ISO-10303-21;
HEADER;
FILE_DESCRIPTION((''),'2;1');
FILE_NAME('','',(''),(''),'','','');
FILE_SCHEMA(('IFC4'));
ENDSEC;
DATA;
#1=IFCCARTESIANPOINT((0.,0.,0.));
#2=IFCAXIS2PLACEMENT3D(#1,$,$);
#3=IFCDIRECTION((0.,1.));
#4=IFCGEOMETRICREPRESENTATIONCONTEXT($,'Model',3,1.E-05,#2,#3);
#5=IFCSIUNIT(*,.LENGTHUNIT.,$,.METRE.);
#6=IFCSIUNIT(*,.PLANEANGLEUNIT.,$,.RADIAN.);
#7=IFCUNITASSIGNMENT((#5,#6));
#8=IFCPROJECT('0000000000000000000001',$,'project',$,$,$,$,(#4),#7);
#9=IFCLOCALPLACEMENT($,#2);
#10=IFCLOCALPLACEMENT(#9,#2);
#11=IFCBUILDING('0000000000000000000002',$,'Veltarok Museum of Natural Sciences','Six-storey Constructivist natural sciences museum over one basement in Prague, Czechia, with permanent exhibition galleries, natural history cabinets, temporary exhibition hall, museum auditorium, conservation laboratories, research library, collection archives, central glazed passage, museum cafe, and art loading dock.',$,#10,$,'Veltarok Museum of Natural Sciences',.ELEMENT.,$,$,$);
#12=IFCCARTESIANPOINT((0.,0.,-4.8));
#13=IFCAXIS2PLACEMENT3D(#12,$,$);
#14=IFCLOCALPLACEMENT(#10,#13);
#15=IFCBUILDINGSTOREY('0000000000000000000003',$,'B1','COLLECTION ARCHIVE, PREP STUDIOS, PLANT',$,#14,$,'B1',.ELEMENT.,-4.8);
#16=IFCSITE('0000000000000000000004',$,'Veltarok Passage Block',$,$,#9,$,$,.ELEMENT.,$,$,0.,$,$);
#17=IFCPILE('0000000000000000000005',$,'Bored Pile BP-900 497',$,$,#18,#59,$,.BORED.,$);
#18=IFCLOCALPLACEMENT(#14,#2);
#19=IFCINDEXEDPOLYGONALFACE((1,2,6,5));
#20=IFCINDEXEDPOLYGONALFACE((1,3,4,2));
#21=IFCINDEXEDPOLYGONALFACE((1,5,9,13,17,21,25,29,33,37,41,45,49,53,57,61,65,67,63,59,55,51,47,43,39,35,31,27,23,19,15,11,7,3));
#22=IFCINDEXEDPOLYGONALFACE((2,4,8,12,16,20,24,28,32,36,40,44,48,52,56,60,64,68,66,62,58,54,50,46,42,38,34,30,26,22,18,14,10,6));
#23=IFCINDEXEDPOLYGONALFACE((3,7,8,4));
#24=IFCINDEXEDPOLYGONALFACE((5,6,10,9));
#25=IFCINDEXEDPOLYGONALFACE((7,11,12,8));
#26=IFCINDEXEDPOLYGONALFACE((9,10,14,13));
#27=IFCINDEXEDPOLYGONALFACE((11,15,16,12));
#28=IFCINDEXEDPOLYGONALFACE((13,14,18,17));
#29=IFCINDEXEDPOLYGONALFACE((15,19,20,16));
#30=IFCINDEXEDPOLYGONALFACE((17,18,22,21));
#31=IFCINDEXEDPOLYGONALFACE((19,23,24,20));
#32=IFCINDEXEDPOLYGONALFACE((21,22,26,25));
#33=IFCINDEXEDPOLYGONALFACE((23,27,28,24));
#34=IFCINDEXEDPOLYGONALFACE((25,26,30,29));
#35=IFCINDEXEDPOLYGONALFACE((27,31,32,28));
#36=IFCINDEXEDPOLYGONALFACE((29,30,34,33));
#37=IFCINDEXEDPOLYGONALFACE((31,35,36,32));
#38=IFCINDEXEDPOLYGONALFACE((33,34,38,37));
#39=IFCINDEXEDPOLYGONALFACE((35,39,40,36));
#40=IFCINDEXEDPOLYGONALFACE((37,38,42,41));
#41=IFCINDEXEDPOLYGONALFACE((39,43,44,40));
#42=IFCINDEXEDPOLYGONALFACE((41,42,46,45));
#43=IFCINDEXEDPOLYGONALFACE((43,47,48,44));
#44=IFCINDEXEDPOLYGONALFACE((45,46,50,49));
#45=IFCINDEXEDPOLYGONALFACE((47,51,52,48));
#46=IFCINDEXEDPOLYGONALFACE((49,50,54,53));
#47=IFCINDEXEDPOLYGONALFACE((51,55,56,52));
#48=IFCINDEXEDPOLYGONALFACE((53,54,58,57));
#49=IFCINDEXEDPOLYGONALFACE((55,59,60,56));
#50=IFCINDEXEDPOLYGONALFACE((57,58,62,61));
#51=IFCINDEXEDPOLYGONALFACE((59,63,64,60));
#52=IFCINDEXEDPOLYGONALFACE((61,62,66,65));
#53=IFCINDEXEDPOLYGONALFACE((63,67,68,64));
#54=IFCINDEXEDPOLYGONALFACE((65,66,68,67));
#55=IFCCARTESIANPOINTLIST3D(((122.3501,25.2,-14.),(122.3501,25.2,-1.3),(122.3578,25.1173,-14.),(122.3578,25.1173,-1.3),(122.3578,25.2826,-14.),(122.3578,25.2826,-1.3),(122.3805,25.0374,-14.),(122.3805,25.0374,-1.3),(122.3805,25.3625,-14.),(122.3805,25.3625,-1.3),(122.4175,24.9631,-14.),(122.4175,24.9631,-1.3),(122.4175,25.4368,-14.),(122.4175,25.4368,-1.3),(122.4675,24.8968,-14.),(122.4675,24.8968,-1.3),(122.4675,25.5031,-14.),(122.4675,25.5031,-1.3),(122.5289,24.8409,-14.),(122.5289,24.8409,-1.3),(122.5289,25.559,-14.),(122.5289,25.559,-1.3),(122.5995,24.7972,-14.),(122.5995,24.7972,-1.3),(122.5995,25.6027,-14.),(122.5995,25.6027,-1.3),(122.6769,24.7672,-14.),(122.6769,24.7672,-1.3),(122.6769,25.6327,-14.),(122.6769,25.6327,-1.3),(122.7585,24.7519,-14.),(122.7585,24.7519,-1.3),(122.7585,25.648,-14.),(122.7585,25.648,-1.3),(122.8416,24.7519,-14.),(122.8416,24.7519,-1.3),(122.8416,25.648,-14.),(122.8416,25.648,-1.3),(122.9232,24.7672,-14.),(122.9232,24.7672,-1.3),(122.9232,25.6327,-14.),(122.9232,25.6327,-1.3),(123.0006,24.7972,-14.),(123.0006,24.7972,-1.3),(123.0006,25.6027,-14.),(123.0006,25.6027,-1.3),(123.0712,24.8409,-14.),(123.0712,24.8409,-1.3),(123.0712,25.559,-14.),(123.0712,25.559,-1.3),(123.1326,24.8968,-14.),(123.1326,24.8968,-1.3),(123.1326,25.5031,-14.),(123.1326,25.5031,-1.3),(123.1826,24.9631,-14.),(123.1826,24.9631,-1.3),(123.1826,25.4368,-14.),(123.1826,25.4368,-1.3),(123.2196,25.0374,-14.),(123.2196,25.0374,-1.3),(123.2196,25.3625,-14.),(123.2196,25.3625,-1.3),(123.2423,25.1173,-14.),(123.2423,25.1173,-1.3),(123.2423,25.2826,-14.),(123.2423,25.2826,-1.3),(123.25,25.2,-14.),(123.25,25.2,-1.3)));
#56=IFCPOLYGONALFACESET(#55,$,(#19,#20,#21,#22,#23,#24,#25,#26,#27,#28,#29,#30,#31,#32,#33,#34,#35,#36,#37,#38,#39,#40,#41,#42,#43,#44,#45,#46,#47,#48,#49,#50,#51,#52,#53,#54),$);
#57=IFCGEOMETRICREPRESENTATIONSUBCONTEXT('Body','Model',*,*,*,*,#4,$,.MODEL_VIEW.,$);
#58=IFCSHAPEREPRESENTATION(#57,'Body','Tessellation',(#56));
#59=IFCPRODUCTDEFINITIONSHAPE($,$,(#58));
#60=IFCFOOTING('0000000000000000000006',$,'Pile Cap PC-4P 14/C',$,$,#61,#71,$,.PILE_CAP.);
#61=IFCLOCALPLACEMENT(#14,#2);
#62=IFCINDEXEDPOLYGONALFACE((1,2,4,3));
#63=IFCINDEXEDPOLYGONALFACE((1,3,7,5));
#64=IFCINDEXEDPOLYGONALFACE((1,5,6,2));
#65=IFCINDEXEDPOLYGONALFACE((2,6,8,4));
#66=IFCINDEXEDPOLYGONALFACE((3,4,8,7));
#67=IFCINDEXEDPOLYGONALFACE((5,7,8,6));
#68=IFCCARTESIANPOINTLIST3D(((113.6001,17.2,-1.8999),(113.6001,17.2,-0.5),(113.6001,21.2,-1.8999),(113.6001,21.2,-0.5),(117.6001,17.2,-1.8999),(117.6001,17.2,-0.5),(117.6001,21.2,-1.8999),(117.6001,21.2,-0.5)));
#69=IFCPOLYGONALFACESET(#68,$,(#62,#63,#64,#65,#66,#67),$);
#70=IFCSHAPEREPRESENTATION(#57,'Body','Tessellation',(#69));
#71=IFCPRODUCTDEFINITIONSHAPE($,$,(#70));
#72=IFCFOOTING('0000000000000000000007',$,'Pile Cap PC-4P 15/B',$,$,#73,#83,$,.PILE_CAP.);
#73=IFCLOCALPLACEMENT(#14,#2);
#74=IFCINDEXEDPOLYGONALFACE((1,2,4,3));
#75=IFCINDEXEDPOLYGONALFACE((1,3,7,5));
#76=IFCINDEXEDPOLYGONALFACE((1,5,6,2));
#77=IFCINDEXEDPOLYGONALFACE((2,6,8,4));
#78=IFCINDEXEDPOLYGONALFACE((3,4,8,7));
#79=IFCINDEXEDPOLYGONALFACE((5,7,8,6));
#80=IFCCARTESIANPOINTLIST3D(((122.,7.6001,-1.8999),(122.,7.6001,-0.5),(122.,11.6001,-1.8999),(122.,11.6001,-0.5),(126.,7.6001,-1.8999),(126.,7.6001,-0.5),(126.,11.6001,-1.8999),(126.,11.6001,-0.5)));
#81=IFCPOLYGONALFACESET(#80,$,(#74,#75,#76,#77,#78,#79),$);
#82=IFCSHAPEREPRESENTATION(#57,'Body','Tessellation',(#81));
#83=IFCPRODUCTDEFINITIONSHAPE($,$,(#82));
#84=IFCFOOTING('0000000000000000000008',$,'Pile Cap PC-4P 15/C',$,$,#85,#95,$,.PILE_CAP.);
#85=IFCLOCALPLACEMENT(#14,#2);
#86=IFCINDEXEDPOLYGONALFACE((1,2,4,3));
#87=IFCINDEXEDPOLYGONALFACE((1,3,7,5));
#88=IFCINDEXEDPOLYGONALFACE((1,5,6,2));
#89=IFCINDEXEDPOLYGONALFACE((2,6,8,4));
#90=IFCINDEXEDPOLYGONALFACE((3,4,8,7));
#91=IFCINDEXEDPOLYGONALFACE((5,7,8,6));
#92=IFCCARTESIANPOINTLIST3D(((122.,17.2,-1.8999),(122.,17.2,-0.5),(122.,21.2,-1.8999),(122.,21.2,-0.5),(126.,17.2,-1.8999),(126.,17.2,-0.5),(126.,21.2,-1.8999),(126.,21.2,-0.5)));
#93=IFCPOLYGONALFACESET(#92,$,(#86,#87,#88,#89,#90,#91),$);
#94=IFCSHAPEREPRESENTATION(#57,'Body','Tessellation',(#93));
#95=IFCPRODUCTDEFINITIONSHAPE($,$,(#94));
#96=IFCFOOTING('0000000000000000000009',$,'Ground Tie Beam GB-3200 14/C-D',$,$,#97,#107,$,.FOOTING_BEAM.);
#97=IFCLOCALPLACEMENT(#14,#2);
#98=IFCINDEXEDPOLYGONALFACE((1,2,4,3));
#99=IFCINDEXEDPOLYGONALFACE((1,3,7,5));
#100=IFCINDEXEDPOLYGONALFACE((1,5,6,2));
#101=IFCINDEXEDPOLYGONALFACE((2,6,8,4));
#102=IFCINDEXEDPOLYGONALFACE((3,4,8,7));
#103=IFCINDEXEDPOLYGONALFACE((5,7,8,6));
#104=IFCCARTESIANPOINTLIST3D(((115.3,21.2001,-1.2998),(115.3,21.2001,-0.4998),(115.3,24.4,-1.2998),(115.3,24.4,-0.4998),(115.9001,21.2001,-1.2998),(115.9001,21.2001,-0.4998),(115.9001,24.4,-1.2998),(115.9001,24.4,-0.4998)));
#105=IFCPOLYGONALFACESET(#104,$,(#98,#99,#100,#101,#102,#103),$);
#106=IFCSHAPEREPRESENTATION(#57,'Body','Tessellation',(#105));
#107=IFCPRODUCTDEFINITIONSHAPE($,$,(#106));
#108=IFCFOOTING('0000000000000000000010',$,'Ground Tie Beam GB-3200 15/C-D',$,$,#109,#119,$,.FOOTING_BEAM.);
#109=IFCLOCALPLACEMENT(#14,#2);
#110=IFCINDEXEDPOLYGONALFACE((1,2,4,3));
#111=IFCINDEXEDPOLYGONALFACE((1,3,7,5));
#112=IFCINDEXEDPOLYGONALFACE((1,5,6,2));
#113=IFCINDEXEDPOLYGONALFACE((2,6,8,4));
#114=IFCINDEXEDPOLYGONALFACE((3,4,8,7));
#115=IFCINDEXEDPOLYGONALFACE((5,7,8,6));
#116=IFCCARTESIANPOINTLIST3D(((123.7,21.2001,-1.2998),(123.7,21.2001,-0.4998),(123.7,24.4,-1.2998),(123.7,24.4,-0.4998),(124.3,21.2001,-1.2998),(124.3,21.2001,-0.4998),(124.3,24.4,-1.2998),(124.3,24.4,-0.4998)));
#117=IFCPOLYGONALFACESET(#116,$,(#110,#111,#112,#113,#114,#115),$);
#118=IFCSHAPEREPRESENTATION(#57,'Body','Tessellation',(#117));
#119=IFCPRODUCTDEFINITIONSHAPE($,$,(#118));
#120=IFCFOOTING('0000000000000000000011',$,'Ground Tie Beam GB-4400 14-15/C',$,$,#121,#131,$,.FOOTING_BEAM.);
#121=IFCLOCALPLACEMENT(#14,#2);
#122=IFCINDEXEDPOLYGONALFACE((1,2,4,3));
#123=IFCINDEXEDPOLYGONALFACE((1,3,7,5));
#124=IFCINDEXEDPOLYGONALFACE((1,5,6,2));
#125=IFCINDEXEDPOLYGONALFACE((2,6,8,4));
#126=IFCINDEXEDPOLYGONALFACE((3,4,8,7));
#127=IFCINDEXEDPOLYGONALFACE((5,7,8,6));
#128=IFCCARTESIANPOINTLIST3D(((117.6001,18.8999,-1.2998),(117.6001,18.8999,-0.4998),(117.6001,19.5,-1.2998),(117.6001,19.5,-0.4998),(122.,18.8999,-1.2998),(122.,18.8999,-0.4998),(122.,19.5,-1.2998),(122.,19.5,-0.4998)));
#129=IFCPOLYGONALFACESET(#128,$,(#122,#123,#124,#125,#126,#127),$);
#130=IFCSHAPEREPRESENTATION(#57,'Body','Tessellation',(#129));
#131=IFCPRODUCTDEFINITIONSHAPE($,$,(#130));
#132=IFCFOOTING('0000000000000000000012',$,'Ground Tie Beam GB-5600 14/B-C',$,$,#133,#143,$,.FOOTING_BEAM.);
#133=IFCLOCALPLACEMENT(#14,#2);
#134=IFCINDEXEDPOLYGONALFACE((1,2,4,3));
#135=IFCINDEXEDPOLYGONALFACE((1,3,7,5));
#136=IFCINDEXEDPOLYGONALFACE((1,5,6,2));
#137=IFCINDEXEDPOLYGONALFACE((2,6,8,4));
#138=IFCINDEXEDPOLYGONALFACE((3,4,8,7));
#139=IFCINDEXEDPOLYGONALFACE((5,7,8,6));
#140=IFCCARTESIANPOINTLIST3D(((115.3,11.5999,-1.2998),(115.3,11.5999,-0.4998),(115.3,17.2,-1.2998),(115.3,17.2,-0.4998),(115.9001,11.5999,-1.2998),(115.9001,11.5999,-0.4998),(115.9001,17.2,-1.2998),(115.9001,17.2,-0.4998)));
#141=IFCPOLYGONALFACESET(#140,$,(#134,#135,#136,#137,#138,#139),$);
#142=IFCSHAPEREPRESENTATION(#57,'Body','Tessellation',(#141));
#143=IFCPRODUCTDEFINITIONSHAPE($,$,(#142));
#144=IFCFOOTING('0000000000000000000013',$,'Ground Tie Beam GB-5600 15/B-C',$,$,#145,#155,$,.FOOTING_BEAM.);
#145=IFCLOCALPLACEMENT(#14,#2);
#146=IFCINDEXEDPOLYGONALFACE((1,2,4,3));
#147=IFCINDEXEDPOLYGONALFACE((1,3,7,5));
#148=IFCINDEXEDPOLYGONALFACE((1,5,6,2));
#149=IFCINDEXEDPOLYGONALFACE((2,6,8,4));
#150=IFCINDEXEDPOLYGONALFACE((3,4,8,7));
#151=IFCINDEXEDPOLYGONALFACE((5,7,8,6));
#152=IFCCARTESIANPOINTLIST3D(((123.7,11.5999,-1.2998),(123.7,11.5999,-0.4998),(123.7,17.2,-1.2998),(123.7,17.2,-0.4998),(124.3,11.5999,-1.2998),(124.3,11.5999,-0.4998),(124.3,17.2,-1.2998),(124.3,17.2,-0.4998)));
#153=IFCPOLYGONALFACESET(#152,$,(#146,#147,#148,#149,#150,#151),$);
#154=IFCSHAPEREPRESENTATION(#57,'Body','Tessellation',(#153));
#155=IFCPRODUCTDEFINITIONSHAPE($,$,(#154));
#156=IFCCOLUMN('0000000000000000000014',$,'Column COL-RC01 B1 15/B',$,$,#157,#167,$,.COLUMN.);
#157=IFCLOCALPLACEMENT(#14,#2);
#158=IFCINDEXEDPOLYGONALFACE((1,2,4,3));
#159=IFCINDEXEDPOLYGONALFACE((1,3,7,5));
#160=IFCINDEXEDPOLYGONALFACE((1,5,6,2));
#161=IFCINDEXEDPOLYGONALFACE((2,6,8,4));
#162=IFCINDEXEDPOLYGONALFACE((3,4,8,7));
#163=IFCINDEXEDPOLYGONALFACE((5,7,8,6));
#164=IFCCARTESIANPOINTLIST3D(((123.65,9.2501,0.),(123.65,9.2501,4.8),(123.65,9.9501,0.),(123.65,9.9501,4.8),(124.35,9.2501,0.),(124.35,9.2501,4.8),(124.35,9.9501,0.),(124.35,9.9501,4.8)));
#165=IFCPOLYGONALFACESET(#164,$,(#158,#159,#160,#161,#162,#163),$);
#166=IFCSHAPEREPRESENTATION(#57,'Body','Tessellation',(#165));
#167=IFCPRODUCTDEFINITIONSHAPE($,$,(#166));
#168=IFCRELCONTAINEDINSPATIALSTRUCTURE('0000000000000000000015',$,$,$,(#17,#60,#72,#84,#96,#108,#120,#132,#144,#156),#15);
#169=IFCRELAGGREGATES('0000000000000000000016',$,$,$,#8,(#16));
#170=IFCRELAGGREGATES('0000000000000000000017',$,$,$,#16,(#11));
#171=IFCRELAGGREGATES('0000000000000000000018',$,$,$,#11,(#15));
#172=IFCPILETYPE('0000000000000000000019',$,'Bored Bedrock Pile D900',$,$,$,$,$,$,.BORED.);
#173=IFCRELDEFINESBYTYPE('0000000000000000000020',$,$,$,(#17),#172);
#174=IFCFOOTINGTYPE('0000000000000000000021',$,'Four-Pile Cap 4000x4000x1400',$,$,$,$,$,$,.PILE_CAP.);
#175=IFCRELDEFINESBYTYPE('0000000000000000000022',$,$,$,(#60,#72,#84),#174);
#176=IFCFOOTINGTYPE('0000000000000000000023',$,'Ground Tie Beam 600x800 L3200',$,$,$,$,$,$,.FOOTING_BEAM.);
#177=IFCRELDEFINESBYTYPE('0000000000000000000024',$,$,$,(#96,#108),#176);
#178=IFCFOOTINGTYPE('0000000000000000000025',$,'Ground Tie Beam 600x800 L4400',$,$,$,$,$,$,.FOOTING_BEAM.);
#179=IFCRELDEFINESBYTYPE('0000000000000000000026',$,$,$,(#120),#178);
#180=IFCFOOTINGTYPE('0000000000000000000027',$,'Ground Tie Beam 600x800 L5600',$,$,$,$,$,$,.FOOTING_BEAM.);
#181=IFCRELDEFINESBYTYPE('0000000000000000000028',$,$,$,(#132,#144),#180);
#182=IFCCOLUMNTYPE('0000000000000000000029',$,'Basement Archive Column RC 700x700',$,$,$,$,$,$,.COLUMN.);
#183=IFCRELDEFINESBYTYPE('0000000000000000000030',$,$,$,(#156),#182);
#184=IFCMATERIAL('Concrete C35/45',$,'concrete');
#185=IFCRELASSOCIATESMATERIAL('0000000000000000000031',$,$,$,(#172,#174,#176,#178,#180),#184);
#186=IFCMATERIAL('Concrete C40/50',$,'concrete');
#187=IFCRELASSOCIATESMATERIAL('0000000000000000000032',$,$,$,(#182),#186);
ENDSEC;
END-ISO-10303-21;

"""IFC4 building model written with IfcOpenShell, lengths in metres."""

from ifc_helpers import new_model, si_unit, direction, frame, origin, origin_2d, place, context, subcontext, project, spatial, rectangle, circle, extrude, material, material_profile, profile_set, type_object, element, save


model = new_model("IFC4")

# Units and contexts
model_context = context("Model", 3, precision=1e-05, world=origin(), true_north=direction((0.0, 1.0)))
body_context = subcontext(model_context, "Body", "Model", "MODEL_VIEW")
ifc_project = project(units=[si_unit("LENGTHUNIT", "METRE"), si_unit("PLANEANGLEUNIT", "RADIAN")], contexts=[model_context])

# Site, building, storey
site_placement = place(None, origin())
site = spatial("IfcSite", under=ifc_project, at=site_placement, Name="Veltarok Passage Block", CompositionType="ELEMENT", RefElevation=0.0)
building_placement = place(site_placement, origin())
building = spatial("IfcBuilding", under=site, at=building_placement, Name="Veltarok Museum of Natural Sciences", Description="Six-storey Constructivist natural sciences museum over one basement in Prague, Czechia, with permanent exhibition galleries, natural history cabinets, temporary exhibition hall, museum auditorium, conservation laboratories, research library, collection archives, central glazed passage, museum cafe, and art loading dock.", LongName="Veltarok Museum of Natural Sciences", CompositionType="ELEMENT")
storey_placement = place(building_placement, frame((0.0, 0.0, -4.8)))
storey = spatial("IfcBuildingStorey", under=building, at=storey_placement, Name="B1", Description="COLLECTION ARCHIVE, PREP STUDIOS, PLANT", LongName="B1", CompositionType="ELEMENT", Elevation=-4.8)

# Pile
ifc_material_1 = material(Name="Concrete C35/45", Category="concrete")
ifc_material_profile_1 = material_profile(ifc_material_1, circle(Radius=0.45, at=origin_2d()), Name="BP D900")
ifc_profile_set_1 = profile_set([ifc_material_profile_1], Name="Concrete C35/45")
pile_type = type_object("IfcPileType", Name="Bored Bedrock Pile D900", PredefinedType="BORED", material=ifc_profile_set_1)
pile_placement = place(storey_placement, frame((122.8, 25.2, -1.3), z_axis=(0.0, 0.0, -1.0), x_axis=(1.0, 0.0, 0.0)))
element("IfcPile", 1, at=pile_placement, inside=storey, type_object=pile_type, Name="Bored Pile BP-900 497", PredefinedType="BORED", context=body_context, shape_type="SweptSolid", body=[
    extrude(circle(Radius=0.45, at=origin_2d()), origin(), (0.0, 0.0, 1.0), 12.7),
])

# Footings
footing_type_1 = type_object("IfcFootingType", Name="Four-Pile Cap 4000x4000x1400", PredefinedType="PILE_CAP", material=ifc_material_1)
for number, where, z_axis, x_axis, name in (
    (2, (115.6001, 19.2, -1.8999), (0.0, 0.0, 1.0), (1.0, 0.0, 0.0), "Pile Cap PC-4P 14/C"),
    (3, (124.0, 9.6001, -1.8999), (0.0, 0.0, 1.0), (1.0, 0.0, 0.0), "Pile Cap PC-4P 15/B"),
    (4, (124.0, 19.2, -1.8999), (0.0, 0.0, 1.0), (1.0, 0.0, 0.0), "Pile Cap PC-4P 15/C"),
):
    element("IfcFooting", number, at=place(storey_placement, frame(where, z_axis=z_axis, x_axis=x_axis)), inside=storey, type_object=footing_type_1, Name=name, PredefinedType="PILE_CAP", context=body_context, shape_type="SweptSolid", body=[
        extrude(rectangle(XDim=4.0, YDim=4.0, at=origin_2d()), origin(), (0.0, 0.0, 1.0), 1.3999),
    ])
footing_type_2 = type_object("IfcFootingType", Name="Ground Tie Beam 600x800 L3200", PredefinedType="FOOTING_BEAM", material=ifc_material_1)
for number, where, z_axis, x_axis, name in (
    (5, (115.6001, 22.8, -1.2998), (0.0, 0.0, 1.0), (0.0, 1.0, 0.0), "Ground Tie Beam GB-3200 14/C-D"),
    (6, (124.0, 22.8, -1.2998), (0.0, 0.0, 1.0), (0.0, 1.0, 0.0), "Ground Tie Beam GB-3200 15/C-D"),
):
    element("IfcFooting", number, at=place(storey_placement, frame(where, z_axis=z_axis, x_axis=x_axis)), inside=storey, type_object=footing_type_2, Name=name, PredefinedType="FOOTING_BEAM", context=body_context, shape_type="SweptSolid", body=[
        extrude(rectangle(XDim=3.2, YDim=0.6001, at=origin_2d()), origin(), (0.0, 0.0, 1.0), 0.8),
    ])
footing_type_3 = type_object("IfcFootingType", Name="Ground Tie Beam 600x800 L4400", PredefinedType="FOOTING_BEAM", material=ifc_material_1)
footing_placement = place(storey_placement, frame((119.8, 19.2, -1.2998), z_axis=(0.0, 0.0, 1.0), x_axis=(1.0, 0.0, 0.0)))
element("IfcFooting", 7, at=footing_placement, inside=storey, type_object=footing_type_3, Name="Ground Tie Beam GB-4400 14-15/C", PredefinedType="FOOTING_BEAM", context=body_context, shape_type="SweptSolid", body=[
    extrude(rectangle(XDim=4.3999, YDim=0.6001, at=origin_2d()), origin(), (0.0, 0.0, 1.0), 0.8),
])
footing_type_4 = type_object("IfcFootingType", Name="Ground Tie Beam 600x800 L5600", PredefinedType="FOOTING_BEAM", material=ifc_material_1)
for number, where, z_axis, x_axis, name in (
    (8, (115.6001, 14.3999, -1.2998), (0.0, 0.0, 1.0), (0.0, 1.0, 0.0), "Ground Tie Beam GB-5600 14/B-C"),
    (9, (124.0, 14.3999, -1.2998), (0.0, 0.0, 1.0), (0.0, 1.0, 0.0), "Ground Tie Beam GB-5600 15/B-C"),
):
    element("IfcFooting", number, at=place(storey_placement, frame(where, z_axis=z_axis, x_axis=x_axis)), inside=storey, type_object=footing_type_4, Name=name, PredefinedType="FOOTING_BEAM", context=body_context, shape_type="SweptSolid", body=[
        extrude(rectangle(XDim=5.6001, YDim=0.6001, at=origin_2d()), origin(), (0.0, 0.0, 1.0), 0.8),
    ])

# Column
ifc_material_2 = material(Name="Concrete C40/50", Category="concrete")
ifc_material_profile_2 = material_profile(ifc_material_2, rectangle(XDim=0.7, YDim=0.7, at=origin_2d()), Name="RC 700x700")
ifc_profile_set_2 = profile_set([ifc_material_profile_2], Name="Concrete C40/50")
column_type_1 = type_object("IfcColumnType", Name="Basement Archive Column RC 700x700", PredefinedType="COLUMN", material=ifc_profile_set_2)
column_placement = place(storey_placement, frame((124.0, 9.6001, 0.0), z_axis=(0.0, 0.0, 1.0), x_axis=(1.0, 0.0, 0.0)))
element("IfcColumn", 10, at=column_placement, inside=storey, type_object=column_type_1, Name="Column COL-RC01 B1 15/B", PredefinedType="COLUMN", context=body_context, shape_type="SweptSolid", body=[
    extrude(rectangle(XDim=0.7, YDim=0.7, at=origin_2d()), origin(), (0.0, 0.0, 1.0), 4.8),
])

save(model, "model.ifc")
